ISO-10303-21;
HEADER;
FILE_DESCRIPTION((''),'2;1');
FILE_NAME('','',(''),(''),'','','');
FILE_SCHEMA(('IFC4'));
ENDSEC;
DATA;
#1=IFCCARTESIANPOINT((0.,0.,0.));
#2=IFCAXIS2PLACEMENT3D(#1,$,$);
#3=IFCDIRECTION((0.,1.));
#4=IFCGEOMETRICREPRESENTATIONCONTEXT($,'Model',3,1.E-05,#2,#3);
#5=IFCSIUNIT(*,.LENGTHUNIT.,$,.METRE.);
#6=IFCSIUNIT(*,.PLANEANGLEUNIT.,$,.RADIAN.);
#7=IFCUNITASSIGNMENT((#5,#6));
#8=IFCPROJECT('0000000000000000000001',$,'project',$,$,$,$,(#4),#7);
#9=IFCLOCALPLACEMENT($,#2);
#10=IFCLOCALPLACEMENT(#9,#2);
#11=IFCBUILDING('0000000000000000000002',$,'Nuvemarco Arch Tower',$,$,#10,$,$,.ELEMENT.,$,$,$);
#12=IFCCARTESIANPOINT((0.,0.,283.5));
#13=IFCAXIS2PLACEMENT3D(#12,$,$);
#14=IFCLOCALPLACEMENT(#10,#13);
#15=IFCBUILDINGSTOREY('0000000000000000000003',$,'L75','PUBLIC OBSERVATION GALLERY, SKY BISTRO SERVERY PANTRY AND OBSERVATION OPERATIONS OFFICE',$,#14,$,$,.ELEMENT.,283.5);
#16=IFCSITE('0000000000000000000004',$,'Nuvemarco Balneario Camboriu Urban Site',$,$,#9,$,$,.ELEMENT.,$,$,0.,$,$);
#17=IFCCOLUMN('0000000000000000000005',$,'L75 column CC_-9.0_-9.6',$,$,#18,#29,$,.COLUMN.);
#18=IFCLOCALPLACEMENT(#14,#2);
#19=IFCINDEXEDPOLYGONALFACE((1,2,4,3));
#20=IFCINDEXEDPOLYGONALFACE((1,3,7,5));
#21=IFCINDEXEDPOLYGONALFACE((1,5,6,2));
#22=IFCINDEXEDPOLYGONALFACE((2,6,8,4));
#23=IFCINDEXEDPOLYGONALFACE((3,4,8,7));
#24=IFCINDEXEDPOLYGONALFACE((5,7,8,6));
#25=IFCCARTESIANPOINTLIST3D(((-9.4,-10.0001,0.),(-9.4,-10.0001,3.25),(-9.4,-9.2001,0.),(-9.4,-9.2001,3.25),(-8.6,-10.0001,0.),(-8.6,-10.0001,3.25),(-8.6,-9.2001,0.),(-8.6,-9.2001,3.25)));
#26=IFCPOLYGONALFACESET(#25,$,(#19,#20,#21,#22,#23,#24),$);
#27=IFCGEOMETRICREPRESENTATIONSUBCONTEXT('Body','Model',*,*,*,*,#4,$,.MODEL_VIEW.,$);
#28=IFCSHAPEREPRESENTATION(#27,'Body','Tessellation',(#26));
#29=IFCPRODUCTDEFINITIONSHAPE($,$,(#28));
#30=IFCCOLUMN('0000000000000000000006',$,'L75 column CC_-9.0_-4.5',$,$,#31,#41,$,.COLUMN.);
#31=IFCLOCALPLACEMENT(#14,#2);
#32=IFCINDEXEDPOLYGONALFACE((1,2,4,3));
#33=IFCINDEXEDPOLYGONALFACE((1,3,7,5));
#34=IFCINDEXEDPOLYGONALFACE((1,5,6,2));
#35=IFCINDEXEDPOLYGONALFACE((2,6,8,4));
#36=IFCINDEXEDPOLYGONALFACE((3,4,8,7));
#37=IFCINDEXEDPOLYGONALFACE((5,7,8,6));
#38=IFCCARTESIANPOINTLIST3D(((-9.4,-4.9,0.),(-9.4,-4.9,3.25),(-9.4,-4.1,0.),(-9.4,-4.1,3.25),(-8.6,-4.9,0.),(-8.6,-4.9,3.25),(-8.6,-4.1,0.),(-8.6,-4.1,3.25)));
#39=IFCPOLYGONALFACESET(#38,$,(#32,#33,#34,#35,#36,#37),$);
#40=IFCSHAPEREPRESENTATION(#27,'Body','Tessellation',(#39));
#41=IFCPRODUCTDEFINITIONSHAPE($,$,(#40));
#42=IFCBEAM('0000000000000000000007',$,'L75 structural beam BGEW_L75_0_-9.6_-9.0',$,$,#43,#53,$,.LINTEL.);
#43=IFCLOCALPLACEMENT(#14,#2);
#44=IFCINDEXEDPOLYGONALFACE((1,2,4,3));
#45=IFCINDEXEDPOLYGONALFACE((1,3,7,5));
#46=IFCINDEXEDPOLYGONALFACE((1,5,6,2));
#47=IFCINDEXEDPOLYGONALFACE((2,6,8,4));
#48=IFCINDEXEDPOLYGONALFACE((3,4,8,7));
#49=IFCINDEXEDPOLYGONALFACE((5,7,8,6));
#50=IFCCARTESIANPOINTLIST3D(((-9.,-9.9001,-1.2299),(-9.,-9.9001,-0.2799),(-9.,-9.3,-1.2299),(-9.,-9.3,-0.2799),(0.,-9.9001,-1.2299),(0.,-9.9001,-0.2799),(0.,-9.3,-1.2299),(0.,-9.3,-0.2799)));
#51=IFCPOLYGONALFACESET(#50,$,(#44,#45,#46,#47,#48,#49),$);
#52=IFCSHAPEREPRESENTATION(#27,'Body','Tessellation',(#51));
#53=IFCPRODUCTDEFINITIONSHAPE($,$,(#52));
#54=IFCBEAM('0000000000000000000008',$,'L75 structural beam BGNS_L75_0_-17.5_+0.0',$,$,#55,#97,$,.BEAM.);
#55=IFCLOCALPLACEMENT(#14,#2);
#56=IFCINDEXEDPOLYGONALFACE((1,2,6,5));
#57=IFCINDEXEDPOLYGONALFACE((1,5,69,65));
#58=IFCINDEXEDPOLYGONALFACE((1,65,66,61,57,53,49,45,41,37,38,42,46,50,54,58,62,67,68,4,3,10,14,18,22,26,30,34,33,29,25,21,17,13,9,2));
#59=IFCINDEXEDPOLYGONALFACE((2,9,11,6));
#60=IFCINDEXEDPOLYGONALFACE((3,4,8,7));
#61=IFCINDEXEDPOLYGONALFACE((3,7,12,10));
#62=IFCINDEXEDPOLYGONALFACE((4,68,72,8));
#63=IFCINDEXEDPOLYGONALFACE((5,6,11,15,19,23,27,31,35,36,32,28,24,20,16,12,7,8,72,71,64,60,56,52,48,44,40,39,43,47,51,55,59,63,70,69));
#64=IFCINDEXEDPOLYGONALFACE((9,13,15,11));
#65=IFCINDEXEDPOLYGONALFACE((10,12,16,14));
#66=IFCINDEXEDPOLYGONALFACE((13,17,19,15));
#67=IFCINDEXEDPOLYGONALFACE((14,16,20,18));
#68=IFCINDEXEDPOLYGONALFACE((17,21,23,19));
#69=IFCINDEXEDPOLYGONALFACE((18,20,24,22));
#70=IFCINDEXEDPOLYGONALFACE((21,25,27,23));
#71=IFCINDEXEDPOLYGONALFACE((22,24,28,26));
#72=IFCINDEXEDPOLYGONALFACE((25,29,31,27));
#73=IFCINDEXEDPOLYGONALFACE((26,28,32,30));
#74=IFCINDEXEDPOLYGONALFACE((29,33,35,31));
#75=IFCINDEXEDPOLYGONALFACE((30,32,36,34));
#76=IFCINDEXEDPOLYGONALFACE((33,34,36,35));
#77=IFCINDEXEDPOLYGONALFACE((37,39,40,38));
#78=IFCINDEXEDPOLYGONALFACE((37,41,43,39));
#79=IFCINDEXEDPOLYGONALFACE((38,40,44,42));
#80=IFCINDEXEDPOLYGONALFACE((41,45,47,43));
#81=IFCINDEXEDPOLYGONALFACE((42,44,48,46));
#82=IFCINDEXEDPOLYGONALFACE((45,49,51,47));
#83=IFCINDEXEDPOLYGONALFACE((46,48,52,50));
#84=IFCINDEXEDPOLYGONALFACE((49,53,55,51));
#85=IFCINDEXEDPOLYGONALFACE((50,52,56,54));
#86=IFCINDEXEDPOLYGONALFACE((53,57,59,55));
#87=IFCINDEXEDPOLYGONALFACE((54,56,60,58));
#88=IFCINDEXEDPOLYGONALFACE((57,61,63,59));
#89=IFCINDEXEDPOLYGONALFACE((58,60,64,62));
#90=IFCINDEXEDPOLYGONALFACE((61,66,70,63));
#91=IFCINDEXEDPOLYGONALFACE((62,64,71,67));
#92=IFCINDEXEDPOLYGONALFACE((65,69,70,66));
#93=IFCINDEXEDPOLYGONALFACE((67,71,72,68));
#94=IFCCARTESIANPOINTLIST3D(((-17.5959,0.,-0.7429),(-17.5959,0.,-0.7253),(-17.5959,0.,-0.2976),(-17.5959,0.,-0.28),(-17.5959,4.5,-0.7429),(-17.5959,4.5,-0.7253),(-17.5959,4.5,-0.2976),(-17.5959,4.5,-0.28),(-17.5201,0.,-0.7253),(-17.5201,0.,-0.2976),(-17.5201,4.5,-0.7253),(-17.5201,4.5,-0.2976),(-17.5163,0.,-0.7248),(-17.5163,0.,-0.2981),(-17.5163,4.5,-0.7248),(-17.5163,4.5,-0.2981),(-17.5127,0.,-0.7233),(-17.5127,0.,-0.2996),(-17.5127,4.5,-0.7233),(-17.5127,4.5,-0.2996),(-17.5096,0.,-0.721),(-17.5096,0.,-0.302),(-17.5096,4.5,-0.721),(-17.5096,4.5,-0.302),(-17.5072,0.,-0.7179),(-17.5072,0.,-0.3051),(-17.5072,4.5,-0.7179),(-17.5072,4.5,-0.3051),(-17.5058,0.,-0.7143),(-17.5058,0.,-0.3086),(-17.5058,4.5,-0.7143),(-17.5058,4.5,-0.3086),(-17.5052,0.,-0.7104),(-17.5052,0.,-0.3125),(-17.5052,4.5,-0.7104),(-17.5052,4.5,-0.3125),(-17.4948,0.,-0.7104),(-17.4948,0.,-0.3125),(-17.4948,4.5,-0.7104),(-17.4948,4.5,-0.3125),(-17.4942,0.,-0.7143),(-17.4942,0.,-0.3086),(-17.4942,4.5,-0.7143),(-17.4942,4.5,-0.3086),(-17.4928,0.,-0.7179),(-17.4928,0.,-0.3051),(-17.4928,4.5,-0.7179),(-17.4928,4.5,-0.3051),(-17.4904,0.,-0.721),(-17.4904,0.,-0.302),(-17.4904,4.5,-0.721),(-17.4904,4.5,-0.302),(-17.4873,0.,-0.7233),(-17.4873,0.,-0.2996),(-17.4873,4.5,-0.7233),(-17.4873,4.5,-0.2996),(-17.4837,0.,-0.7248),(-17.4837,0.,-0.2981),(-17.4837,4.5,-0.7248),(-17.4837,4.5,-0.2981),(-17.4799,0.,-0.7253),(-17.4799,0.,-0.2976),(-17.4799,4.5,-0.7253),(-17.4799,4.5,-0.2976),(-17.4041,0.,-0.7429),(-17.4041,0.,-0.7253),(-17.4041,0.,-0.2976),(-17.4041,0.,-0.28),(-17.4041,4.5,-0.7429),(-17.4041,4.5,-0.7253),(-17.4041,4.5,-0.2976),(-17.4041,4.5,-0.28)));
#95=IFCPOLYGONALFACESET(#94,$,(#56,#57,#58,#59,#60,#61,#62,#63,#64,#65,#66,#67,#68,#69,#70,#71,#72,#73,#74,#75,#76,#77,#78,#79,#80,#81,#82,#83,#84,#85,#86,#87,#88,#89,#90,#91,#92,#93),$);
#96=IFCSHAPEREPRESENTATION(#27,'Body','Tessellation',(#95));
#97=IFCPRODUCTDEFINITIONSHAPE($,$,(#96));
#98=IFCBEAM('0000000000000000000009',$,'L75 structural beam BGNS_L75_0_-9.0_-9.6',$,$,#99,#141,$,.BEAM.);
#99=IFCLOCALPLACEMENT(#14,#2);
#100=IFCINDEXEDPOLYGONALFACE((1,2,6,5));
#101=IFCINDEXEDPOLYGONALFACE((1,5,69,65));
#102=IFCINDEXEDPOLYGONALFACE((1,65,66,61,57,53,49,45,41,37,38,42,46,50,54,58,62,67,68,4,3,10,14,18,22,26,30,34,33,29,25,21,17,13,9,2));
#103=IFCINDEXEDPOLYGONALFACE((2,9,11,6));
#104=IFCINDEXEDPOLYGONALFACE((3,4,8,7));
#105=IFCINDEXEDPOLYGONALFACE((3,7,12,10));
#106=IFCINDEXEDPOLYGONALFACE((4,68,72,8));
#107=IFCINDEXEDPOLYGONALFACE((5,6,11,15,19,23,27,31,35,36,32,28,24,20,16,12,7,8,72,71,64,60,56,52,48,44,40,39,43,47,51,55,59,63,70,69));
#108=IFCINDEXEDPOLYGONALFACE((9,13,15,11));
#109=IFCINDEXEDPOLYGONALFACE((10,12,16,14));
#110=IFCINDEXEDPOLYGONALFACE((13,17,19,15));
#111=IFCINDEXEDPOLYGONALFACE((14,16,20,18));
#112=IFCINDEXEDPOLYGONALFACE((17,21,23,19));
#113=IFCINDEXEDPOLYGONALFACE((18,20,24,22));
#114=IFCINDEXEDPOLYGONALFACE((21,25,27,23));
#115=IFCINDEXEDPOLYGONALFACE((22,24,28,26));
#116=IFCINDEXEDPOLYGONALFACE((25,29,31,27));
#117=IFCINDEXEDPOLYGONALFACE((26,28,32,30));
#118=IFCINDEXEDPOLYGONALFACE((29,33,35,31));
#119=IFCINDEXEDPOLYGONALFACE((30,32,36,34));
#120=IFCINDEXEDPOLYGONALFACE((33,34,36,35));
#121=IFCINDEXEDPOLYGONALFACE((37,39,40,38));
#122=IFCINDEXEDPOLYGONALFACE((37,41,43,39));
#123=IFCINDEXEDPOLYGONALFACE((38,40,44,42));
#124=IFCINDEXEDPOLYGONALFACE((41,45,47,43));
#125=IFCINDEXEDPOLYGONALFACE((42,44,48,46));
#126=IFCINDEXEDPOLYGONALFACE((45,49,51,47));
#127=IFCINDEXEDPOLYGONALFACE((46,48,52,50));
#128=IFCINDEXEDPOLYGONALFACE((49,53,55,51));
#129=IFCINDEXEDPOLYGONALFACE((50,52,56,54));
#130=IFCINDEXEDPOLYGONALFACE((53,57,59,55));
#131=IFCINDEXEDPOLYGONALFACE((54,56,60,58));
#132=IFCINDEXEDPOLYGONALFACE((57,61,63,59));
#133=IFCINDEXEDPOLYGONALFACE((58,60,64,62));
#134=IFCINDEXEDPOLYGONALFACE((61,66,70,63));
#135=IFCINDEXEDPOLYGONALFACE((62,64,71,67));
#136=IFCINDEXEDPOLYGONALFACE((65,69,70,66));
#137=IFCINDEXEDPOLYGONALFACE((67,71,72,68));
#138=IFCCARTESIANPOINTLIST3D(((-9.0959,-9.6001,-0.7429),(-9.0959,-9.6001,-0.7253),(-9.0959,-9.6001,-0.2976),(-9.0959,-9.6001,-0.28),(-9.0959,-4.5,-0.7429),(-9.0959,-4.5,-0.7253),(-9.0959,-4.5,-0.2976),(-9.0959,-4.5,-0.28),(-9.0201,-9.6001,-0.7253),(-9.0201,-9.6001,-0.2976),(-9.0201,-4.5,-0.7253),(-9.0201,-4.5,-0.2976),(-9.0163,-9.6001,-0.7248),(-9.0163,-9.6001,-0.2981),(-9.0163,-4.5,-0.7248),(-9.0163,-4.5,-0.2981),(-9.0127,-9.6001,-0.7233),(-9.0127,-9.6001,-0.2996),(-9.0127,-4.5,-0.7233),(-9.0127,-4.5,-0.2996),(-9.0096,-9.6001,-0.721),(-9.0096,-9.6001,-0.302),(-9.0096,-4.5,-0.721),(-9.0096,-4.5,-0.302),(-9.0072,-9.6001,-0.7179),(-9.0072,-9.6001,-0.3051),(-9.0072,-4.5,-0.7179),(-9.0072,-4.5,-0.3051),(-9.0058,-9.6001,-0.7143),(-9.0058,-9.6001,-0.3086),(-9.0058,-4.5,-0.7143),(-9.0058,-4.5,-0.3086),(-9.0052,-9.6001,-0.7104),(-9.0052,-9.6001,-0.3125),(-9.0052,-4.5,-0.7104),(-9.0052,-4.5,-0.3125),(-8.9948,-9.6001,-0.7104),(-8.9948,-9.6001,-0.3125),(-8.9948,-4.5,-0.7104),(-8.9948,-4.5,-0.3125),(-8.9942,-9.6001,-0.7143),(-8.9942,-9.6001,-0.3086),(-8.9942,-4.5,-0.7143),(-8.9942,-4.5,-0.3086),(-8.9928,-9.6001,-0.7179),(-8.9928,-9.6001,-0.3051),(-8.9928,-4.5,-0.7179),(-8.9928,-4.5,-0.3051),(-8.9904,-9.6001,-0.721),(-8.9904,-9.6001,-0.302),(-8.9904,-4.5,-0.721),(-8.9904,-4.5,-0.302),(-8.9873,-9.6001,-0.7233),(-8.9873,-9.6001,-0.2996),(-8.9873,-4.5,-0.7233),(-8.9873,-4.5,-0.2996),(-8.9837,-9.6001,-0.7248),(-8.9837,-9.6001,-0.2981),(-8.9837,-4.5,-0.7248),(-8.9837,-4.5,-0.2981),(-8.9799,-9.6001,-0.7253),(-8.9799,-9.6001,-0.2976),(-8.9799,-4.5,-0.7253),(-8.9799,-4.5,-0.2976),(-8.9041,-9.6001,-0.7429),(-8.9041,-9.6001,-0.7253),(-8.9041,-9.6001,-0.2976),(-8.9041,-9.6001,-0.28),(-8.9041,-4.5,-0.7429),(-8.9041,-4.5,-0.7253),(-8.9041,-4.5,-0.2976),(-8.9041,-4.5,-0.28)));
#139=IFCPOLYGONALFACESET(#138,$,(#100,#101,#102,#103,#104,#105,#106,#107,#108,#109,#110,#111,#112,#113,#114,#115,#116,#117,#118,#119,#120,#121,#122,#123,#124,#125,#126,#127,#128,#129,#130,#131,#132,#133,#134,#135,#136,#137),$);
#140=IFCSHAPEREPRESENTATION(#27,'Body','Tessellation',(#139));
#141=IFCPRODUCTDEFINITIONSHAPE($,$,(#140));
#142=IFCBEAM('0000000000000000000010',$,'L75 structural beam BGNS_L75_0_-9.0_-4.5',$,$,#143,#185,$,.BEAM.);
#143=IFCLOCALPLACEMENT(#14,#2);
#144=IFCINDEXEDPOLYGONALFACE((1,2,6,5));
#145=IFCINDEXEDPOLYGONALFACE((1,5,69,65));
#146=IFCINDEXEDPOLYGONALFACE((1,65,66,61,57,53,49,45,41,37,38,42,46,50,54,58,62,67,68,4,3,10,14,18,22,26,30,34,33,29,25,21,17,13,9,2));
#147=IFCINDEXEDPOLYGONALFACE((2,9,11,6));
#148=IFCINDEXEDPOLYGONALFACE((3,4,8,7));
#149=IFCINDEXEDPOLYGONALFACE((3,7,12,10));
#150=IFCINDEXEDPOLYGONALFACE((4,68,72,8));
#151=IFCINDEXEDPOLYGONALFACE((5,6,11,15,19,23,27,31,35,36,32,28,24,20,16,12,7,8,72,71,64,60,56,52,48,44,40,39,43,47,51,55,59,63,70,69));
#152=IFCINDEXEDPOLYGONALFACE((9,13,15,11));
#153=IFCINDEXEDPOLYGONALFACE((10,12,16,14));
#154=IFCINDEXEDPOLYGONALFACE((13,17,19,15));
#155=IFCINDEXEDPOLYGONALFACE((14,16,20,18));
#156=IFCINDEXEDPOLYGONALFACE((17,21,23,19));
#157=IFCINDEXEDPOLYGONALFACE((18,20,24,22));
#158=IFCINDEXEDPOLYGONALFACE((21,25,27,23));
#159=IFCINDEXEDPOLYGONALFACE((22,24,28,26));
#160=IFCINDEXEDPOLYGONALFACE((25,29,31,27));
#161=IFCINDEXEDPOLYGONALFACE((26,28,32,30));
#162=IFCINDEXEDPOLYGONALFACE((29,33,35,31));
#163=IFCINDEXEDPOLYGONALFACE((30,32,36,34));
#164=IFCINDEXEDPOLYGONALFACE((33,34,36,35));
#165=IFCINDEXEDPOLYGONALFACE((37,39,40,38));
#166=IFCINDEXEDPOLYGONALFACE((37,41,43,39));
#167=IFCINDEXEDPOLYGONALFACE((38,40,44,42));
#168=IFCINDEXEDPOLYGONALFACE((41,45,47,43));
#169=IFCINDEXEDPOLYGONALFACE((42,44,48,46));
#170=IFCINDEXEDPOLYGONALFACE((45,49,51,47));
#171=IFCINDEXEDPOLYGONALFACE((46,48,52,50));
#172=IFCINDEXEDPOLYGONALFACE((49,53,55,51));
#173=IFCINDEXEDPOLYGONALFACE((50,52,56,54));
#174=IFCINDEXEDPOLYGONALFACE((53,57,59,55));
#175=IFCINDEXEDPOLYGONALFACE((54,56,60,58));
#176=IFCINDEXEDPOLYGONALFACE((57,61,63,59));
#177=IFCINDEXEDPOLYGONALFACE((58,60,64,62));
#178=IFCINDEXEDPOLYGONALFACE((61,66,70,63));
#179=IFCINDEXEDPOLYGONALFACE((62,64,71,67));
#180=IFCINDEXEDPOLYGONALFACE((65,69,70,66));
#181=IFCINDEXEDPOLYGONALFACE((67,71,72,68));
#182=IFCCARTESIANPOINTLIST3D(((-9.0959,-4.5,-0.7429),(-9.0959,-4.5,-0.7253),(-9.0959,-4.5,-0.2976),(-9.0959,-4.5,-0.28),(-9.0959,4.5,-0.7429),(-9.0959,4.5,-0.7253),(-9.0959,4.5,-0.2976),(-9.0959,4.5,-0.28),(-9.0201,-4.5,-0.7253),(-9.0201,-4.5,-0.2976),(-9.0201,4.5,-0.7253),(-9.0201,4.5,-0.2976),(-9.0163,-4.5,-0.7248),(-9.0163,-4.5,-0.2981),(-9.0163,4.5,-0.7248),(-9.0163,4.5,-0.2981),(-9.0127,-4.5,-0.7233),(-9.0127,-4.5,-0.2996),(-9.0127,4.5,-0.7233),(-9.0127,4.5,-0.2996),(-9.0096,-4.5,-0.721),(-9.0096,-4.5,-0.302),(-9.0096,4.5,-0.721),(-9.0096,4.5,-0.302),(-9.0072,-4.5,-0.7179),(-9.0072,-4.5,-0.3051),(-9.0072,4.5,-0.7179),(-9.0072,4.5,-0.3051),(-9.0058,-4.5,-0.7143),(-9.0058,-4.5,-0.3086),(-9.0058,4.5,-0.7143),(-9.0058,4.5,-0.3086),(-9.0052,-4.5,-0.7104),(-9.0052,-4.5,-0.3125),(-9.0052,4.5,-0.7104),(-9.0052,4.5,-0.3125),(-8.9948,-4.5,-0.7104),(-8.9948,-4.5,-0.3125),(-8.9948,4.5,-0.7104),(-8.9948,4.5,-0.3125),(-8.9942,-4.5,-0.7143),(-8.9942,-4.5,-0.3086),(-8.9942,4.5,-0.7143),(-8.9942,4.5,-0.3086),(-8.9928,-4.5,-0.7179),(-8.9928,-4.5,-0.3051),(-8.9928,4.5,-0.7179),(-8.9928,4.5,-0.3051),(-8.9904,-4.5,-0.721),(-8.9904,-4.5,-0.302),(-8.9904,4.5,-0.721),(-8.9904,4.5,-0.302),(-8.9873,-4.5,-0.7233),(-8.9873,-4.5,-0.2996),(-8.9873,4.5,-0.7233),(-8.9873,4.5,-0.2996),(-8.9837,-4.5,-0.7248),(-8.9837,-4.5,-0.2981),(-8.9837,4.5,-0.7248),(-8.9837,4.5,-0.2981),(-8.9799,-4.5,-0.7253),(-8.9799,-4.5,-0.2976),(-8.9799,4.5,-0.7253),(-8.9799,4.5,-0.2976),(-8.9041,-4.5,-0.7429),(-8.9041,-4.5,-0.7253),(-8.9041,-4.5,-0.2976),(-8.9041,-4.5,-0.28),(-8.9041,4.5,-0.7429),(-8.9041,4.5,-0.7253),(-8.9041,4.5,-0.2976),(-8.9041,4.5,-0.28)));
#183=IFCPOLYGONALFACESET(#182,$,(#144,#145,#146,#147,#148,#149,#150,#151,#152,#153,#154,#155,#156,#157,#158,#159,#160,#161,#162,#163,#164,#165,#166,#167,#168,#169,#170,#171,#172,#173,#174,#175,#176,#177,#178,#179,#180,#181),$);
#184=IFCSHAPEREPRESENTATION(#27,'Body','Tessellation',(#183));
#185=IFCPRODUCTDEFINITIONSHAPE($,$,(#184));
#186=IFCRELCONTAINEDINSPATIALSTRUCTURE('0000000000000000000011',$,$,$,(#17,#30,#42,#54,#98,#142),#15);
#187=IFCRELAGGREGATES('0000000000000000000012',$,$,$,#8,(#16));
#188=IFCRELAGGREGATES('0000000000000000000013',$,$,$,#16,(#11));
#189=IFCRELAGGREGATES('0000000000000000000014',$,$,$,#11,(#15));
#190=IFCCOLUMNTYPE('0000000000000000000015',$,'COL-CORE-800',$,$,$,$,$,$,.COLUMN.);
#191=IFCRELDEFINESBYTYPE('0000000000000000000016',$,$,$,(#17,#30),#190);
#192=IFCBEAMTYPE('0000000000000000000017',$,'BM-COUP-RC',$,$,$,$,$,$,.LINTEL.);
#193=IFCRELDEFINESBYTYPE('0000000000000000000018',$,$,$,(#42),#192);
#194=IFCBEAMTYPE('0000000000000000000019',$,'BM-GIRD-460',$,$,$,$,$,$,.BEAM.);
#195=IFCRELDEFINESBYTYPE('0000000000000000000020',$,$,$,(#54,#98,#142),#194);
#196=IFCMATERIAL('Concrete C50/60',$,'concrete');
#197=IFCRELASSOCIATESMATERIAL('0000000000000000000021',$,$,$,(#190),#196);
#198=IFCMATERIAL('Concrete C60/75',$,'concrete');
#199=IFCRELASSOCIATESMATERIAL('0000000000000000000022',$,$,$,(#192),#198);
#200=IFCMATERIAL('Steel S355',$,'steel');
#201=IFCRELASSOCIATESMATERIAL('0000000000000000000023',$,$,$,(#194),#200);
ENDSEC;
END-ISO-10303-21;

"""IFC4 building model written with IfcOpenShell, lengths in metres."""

from ifc_helpers import new_model, si_unit, direction, frame, origin, origin_2d, place, context, subcontext, project, spatial, rectangle, i_section, extrude, material, material_profile, profile_set, type_object, element, save


model = new_model("IFC4")

# Units and contexts
model_context = context("Model", 3, precision=1e-05, world=origin(), true_north=direction((0.0, 1.0)))
body_context = subcontext(model_context, "Body", "Model", "MODEL_VIEW")
ifc_project = project(units=[si_unit("LENGTHUNIT", "METRE"), si_unit("PLANEANGLEUNIT", "RADIAN")], contexts=[model_context])

# Site, building, storey
site_placement = place(None, origin())
site = spatial("IfcSite", under=ifc_project, at=site_placement, Name="Nuvemarco Balneario Camboriu Urban Site", CompositionType="ELEMENT", RefElevation=0.0)
building_placement = place(site_placement, origin())
building = spatial("IfcBuilding", under=site, at=building_placement, Name="Nuvemarco Arch Tower", CompositionType="ELEMENT")
storey_placement = place(building_placement, frame((0.0, 0.0, 283.5)))
storey = spatial("IfcBuildingStorey", under=building, at=storey_placement, Name="L75", Description="PUBLIC OBSERVATION GALLERY, SKY BISTRO SERVERY PANTRY AND OBSERVATION OPERATIONS OFFICE", CompositionType="ELEMENT", Elevation=283.5)

# Columns
ifc_material_1 = material(Name="Concrete C50/60", Category="concrete")
ifc_material_profile_1 = material_profile(ifc_material_1, rectangle(XDim=0.8, YDim=0.8, at=origin_2d()), Name="RC-COL-800x800")
ifc_profile_set_1 = profile_set([ifc_material_profile_1], Name="Concrete C50/60")
column_type = type_object("IfcColumnType", Name="COL-CORE-800", PredefinedType="COLUMN", material=ifc_profile_set_1)
for number, where, z_axis, x_axis, name in (
    (1, (-9.0, -9.6001, 0.0), (0.0, 0.0, 1.0), (1.0, 0.0, 0.0), "L75 column CC_-9.0_-9.6"),
    (2, (-9.0, -4.5, 0.0), (0.0, 0.0, 1.0), (1.0, 0.0, 0.0), "L75 column CC_-9.0_-4.5"),
):
    element("IfcColumn", number, at=place(storey_placement, frame(where, z_axis=z_axis, x_axis=x_axis)), inside=storey, type_object=column_type, Name=name, PredefinedType="COLUMN", context=body_context, shape_type="SweptSolid", body=[
        extrude(rectangle(XDim=0.8, YDim=0.8, at=origin_2d()), origin(), (0.0, 0.0, 1.0), 3.25),
    ])

# Beams
ifc_material_2 = material(Name="Concrete C60/75", Category="concrete")
ifc_material_profile_2 = material_profile(ifc_material_2, rectangle(XDim=0.6001, YDim=0.95, at=origin_2d()), Name="RC-BM-600x950")
ifc_profile_set_2 = profile_set([ifc_material_profile_2], Name="Concrete C60/75")
beam_type_1 = type_object("IfcBeamType", Name="BM-COUP-RC", PredefinedType="LINTEL", material=ifc_profile_set_2)
beam_1_placement = place(storey_placement, frame((-9.0, -9.6001, -0.7549), z_axis=(1.0, 0.0, 0.0), x_axis=(0.0, 1.0, 0.0)))
element("IfcBeam", 3, at=beam_1_placement, inside=storey, type_object=beam_type_1, Name="L75 structural beam BGEW_L75_0_-9.6_-9.0", PredefinedType="LINTEL", context=body_context, shape_type="SweptSolid", body=[
    extrude(rectangle(XDim=0.6001, YDim=0.95, at=origin_2d()), origin(), (0.0, 0.0, 1.0), 9.0),
])
ifc_material_3 = material(Name="Steel S355", Category="steel")
ifc_material_profile_3 = material_profile(ifc_material_3, i_section(OverallWidth=0.1919, OverallDepth=0.4629, WebThickness=0.0105, FlangeThickness=0.0176, FilletRadius=0.0149, at=origin_2d()), Name="W460x89")
ifc_profile_set_3 = profile_set([ifc_material_profile_3], Name="Steel S355")
beam_type_2 = type_object("IfcBeamType", Name="BM-GIRD-460", PredefinedType="BEAM", material=ifc_profile_set_3)
beam_2_placement = place(storey_placement, frame((-17.5, 0.0, -0.5115), z_axis=(0.0, 1.0, 0.0), x_axis=(-1.0, 0.0, 0.0)))
element("IfcBeam", 4, at=beam_2_placement, inside=storey, type_object=beam_type_2, Name="L75 structural beam BGNS_L75_0_-17.5_+0.0", PredefinedType="BEAM", context=body_context, shape_type="SweptSolid", body=[
    extrude(i_section(OverallWidth=0.1919, OverallDepth=0.4629, WebThickness=0.0105, FlangeThickness=0.0176, FilletRadius=0.0149, at=origin_2d()), origin(), (0.0, 0.0, 1.0), 4.5),
])
beam_3_placement = place(storey_placement, frame((-9.0, -9.6001, -0.5115), z_axis=(0.0, 1.0, 0.0), x_axis=(-1.0, 0.0, 0.0)))
element("IfcBeam", 5, at=beam_3_placement, inside=storey, type_object=beam_type_2, Name="L75 structural beam BGNS_L75_0_-9.0_-9.6", PredefinedType="BEAM", context=body_context, shape_type="SweptSolid", body=[
    extrude(i_section(OverallWidth=0.1919, OverallDepth=0.4629, WebThickness=0.0105, FlangeThickness=0.0176, FilletRadius=0.0149, at=origin_2d()), origin(), (0.0, 0.0, 1.0), 5.1001),
])
beam_4_placement = place(storey_placement, frame((-9.0, -4.5, -0.5115), z_axis=(0.0, 1.0, 0.0), x_axis=(-1.0, 0.0, 0.0)))
element("IfcBeam", 6, at=beam_4_placement, inside=storey, type_object=beam_type_2, Name="L75 structural beam BGNS_L75_0_-9.0_-4.5", PredefinedType="BEAM", context=body_context, shape_type="SweptSolid", body=[
    extrude(i_section(OverallWidth=0.1919, OverallDepth=0.4629, WebThickness=0.0105, FlangeThickness=0.0176, FilletRadius=0.0149, at=origin_2d()), origin(), (0.0, 0.0, 1.0), 9.0),
])

save(model, "model.ifc")
